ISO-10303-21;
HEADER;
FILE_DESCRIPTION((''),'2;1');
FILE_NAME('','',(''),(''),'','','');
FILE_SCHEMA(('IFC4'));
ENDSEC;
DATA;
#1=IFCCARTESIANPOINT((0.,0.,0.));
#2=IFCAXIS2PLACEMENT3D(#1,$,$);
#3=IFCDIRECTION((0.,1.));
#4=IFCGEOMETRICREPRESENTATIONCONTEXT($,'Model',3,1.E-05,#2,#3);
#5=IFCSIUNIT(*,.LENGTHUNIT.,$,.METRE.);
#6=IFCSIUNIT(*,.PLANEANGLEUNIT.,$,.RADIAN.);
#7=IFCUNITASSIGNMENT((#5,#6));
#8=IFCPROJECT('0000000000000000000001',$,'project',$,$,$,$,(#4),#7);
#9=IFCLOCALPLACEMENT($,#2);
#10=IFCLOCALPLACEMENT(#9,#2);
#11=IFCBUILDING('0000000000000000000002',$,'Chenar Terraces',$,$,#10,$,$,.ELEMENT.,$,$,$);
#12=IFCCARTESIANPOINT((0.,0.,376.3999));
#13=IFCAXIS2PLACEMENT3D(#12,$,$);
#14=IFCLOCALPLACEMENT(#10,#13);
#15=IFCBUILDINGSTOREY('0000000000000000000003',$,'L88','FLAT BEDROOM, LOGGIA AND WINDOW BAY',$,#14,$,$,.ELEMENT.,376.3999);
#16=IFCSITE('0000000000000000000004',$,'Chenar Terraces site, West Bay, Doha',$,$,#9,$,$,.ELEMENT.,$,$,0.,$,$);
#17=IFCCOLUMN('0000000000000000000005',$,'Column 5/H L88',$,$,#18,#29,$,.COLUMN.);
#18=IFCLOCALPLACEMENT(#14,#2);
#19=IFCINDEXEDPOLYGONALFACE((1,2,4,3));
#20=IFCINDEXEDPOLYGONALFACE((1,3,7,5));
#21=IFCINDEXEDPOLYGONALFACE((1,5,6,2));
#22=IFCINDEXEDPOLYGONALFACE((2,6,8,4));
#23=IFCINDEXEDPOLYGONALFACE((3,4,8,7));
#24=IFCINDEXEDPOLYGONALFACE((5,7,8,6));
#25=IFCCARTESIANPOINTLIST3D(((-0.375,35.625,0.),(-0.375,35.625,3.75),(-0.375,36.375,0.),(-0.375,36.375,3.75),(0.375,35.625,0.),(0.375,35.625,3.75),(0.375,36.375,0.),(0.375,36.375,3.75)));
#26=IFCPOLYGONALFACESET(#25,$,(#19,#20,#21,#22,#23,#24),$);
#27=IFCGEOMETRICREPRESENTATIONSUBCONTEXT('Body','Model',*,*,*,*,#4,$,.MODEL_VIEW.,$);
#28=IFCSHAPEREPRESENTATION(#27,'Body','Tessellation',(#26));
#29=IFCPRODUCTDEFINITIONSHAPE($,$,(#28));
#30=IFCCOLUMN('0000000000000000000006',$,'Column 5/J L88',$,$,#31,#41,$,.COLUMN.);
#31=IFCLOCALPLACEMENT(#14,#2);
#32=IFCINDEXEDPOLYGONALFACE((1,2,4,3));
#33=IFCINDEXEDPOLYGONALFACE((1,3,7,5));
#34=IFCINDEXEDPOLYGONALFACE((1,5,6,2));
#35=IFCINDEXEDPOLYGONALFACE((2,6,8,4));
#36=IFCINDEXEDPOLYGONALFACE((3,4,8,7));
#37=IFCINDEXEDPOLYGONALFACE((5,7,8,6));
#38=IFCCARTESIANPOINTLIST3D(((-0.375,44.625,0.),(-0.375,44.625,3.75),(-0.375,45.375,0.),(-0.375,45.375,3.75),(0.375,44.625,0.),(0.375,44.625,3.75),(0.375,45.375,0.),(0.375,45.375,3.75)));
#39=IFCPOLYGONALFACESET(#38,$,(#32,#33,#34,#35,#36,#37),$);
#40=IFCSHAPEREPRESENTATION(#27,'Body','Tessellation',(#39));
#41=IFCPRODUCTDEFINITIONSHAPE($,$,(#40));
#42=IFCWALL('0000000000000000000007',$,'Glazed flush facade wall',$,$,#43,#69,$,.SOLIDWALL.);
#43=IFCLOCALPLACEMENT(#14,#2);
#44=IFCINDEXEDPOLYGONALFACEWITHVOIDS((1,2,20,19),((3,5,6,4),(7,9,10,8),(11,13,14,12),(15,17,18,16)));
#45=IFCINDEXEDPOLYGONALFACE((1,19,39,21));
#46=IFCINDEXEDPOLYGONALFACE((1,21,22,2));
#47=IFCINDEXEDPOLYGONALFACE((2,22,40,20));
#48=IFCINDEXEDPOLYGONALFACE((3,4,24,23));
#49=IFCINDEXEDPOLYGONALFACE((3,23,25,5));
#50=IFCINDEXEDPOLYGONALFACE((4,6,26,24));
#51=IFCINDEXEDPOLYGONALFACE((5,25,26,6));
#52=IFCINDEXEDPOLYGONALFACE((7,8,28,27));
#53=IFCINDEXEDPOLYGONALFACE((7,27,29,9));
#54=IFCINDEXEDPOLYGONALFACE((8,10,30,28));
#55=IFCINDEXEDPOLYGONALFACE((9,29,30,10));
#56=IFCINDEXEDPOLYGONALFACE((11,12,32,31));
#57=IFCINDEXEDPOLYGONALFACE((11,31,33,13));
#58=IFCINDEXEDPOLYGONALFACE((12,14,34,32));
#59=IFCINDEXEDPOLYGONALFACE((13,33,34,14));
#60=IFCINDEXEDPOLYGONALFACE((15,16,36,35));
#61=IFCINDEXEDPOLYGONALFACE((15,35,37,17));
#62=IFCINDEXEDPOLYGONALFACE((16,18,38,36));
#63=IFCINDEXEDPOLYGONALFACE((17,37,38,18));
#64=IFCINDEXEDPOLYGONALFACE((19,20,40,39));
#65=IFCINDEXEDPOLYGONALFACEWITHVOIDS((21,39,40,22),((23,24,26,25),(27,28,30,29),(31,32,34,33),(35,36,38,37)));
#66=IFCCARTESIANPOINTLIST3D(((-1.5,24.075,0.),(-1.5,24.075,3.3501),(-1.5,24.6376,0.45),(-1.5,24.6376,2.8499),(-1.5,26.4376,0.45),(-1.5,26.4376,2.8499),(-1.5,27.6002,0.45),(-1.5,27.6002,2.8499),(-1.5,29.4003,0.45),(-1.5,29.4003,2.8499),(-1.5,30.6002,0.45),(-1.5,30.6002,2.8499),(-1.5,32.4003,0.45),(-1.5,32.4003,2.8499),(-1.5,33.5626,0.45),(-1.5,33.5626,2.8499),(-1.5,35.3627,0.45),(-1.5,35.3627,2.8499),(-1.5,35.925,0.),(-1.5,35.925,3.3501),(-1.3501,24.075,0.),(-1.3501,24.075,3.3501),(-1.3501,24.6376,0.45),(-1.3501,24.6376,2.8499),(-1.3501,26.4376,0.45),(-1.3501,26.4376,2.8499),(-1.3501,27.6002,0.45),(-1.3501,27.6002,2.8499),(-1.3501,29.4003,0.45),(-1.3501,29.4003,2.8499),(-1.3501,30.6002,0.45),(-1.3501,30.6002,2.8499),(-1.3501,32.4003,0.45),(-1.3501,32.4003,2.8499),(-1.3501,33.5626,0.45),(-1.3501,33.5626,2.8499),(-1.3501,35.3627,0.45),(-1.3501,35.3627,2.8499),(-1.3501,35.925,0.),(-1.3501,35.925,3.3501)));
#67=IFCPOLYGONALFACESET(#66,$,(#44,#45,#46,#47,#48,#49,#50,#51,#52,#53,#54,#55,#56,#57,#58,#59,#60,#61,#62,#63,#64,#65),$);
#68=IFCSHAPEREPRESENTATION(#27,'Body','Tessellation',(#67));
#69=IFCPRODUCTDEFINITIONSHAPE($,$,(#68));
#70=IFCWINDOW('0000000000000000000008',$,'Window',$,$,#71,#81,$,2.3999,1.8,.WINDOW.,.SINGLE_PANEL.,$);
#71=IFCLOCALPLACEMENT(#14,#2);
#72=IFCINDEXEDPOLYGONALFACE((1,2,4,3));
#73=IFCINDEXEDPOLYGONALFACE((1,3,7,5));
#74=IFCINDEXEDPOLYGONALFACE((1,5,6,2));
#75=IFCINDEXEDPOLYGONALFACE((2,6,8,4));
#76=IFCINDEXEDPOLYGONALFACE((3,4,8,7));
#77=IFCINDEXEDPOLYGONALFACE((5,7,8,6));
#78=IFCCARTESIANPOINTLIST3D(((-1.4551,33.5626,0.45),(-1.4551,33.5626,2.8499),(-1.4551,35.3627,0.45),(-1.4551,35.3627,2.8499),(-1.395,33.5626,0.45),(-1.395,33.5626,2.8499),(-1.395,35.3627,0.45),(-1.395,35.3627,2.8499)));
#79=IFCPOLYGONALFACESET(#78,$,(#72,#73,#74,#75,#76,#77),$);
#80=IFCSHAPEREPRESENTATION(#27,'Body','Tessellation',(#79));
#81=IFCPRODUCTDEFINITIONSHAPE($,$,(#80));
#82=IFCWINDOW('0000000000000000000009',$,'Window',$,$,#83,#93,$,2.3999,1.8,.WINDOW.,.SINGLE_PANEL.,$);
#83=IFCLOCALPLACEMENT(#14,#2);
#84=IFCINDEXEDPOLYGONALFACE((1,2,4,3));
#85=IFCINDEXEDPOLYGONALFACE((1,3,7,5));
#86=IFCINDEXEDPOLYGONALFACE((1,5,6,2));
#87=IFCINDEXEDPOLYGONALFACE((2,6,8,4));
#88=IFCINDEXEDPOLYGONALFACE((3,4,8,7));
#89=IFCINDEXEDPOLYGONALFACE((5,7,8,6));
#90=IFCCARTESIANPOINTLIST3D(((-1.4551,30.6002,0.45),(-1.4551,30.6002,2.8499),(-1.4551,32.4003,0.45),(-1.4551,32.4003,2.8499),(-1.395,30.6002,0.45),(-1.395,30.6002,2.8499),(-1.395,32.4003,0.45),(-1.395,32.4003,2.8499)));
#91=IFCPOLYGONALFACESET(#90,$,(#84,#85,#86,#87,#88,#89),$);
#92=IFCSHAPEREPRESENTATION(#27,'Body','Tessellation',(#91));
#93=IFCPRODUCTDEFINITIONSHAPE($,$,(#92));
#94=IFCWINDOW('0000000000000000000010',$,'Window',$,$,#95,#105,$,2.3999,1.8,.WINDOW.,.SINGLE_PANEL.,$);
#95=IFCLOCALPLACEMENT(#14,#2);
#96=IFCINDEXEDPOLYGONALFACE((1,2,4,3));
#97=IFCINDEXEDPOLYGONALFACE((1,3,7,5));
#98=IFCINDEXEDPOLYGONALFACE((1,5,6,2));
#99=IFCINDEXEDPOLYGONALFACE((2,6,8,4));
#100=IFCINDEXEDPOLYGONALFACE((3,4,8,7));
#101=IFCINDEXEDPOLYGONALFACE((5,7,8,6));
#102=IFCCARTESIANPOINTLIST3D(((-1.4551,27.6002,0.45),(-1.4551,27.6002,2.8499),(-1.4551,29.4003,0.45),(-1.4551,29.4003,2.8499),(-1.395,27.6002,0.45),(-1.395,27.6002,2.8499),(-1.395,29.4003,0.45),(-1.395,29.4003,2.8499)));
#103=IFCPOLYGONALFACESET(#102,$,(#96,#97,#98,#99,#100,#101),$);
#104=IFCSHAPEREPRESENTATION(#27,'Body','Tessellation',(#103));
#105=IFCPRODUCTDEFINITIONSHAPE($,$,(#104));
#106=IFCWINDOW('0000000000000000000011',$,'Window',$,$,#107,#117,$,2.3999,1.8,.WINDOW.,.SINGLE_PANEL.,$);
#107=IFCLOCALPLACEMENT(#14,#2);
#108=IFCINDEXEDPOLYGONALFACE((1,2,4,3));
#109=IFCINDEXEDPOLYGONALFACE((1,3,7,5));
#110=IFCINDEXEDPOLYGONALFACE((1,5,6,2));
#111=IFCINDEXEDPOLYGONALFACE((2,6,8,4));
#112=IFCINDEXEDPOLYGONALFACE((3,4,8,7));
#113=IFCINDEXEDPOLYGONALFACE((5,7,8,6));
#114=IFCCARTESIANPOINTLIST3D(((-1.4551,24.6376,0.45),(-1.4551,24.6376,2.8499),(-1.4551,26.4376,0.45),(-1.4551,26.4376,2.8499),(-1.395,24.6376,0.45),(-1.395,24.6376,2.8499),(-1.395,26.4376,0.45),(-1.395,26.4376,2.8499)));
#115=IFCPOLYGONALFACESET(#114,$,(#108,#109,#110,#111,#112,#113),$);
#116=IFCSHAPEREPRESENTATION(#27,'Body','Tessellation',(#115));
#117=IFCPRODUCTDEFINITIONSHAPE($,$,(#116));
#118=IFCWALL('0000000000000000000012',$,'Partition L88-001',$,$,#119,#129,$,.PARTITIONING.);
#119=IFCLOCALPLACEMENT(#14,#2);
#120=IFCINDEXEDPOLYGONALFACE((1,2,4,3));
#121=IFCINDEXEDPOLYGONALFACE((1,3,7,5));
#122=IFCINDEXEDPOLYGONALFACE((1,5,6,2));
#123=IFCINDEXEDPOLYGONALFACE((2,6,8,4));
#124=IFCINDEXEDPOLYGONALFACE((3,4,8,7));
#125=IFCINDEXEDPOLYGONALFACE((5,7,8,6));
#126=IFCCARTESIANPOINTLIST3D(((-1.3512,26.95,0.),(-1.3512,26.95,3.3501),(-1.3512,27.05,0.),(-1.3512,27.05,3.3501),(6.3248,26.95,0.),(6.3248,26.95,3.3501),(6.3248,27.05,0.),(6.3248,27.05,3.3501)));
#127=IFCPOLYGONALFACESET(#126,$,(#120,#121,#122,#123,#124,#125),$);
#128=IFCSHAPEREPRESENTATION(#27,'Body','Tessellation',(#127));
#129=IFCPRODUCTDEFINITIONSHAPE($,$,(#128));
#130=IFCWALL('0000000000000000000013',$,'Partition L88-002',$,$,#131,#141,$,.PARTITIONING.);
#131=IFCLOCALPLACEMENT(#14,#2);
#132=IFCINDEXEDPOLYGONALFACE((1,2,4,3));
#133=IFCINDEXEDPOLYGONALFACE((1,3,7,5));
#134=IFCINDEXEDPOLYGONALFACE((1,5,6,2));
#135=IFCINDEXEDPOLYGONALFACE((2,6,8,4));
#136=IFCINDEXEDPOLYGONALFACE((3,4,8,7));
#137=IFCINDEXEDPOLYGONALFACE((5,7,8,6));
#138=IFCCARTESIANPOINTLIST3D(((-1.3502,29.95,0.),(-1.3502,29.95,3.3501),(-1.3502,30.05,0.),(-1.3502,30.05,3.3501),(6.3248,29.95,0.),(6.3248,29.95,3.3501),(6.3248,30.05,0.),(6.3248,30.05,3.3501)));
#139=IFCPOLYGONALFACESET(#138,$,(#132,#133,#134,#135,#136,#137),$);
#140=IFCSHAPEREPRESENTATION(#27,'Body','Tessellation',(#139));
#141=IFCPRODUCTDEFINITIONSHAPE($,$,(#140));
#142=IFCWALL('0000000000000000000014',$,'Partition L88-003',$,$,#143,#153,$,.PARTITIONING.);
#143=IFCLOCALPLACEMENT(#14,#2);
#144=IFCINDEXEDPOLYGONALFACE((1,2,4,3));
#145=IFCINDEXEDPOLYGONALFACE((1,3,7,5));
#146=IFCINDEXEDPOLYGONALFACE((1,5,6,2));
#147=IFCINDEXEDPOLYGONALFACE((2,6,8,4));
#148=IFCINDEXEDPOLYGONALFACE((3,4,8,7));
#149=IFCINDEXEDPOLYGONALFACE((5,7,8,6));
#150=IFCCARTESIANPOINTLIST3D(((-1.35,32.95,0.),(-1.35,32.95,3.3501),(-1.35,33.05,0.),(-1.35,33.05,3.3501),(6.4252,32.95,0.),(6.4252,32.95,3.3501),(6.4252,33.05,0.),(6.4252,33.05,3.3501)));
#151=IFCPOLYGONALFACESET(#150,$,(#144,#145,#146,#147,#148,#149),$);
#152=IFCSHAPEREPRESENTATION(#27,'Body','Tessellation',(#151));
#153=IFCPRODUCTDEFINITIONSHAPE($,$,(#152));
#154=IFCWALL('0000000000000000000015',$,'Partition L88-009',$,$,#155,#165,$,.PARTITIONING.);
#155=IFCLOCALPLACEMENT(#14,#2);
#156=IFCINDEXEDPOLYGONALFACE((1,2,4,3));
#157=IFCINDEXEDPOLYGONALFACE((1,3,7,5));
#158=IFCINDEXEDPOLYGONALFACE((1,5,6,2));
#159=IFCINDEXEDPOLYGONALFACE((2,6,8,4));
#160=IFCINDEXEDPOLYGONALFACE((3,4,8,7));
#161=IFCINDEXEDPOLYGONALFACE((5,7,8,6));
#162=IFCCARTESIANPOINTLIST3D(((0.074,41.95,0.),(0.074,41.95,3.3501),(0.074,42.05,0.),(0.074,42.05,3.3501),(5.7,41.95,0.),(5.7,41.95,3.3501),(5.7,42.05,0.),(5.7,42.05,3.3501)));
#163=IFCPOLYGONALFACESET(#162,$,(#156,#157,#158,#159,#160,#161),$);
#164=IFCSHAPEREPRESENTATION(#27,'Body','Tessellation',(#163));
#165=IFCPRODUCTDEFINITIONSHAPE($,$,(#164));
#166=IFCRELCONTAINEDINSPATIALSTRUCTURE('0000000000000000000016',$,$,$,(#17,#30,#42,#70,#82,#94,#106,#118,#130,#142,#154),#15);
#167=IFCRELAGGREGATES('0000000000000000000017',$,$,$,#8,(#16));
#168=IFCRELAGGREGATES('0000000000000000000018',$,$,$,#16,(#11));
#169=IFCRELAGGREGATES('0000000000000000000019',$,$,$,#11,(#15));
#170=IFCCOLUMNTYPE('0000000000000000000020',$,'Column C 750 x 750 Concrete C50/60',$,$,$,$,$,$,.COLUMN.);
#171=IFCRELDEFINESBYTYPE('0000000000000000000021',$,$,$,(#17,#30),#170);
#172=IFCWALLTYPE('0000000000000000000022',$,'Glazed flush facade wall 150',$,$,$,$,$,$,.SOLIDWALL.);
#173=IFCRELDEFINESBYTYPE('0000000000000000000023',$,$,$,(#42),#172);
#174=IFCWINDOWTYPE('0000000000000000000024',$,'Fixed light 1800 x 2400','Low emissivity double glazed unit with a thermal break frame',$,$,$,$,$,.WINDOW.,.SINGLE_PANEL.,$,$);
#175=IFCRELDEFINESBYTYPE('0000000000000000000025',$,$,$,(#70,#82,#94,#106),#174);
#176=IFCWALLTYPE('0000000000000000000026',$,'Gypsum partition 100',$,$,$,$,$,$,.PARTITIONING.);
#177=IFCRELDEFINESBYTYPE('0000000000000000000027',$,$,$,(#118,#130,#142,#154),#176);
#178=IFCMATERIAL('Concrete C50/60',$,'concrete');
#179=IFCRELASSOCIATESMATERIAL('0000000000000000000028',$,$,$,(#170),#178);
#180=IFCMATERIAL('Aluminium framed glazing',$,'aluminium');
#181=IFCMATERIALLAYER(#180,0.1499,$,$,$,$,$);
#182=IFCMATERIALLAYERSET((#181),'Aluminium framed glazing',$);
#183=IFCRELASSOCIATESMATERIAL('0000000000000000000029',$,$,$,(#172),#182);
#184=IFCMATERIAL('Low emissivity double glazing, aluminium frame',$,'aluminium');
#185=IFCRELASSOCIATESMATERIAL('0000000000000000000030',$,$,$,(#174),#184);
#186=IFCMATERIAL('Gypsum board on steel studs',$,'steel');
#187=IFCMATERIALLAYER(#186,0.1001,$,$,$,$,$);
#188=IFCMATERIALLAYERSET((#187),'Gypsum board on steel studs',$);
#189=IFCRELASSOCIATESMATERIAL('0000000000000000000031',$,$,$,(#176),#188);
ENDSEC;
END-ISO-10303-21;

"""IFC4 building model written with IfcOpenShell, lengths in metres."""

from ifc_helpers import new_model, si_unit, direction, frame, frame_2d, origin, origin_2d, place, context, subcontext, project, spatial, rectangle, extrude, material, layer, layer_set, material_profile, profile_set, type_object, element, fill, save


model = new_model("IFC4")

# Units and contexts
model_context = context("Model", 3, precision=1e-05, world=origin(), true_north=direction((0.0, 1.0)))
body_context = subcontext(model_context, "Body", "Model", "MODEL_VIEW")
ifc_project = project(units=[si_unit("LENGTHUNIT", "METRE"), si_unit("PLANEANGLEUNIT", "RADIAN")], contexts=[model_context])

# Site, building, storey
site_placement = place(None, origin())
site = spatial("IfcSite", under=ifc_project, at=site_placement, Name="Chenar Terraces site, West Bay, Doha", CompositionType="ELEMENT", RefElevation=0.0)
building_placement = place(site_placement, origin())
building = spatial("IfcBuilding", under=site, at=building_placement, Name="Chenar Terraces", CompositionType="ELEMENT")
storey_placement = place(building_placement, frame((0.0, 0.0, 376.3999)))
storey = spatial("IfcBuildingStorey", under=building, at=storey_placement, Name="L88", Description="FLAT BEDROOM, LOGGIA AND WINDOW BAY", CompositionType="ELEMENT", Elevation=376.3999)

# Columns
ifc_material_1 = material(Name="Concrete C50/60", Category="concrete")
ifc_material_profile_1 = material_profile(ifc_material_1, rectangle(XDim=0.75, YDim=0.75, at=origin_2d()), Name="C 750 x 750")
ifc_profile_set_1 = profile_set([ifc_material_profile_1], Name="Concrete C50/60")
column_type = type_object("IfcColumnType", Name="Column C 750 x 750 Concrete C50/60", PredefinedType="COLUMN", material=ifc_profile_set_1)
placement = place(storey_placement, frame((0.0, 36.0, 0.0), z_axis=(0.0, 0.0, 1.0), x_axis=(1.0, 0.0, 0.0)))
element("IfcColumn", 1, at=placement, inside=storey, type_object=column_type, Name="Column 5/H L88", PredefinedType="COLUMN", context=body_context, shape_type="SweptSolid", body=[
    extrude(rectangle(XDim=0.75, YDim=0.75, at=origin_2d()), origin(), (0.0, 0.0, 1.0), 3.75),
])
column_1_placement = place(storey_placement, frame((0.0, 45.0, 0.0), z_axis=(0.0, 0.0, 1.0), x_axis=(1.0, 0.0, 0.0)))
element("IfcColumn", 2, at=column_1_placement, inside=storey, type_object=column_type, Name="Column 5/J L88", PredefinedType="COLUMN", context=body_context, shape_type="SweptSolid", body=[
    extrude(rectangle(XDim=0.75, YDim=0.75, at=origin_2d()), origin(), (0.0, 0.0, 1.0), 3.75),
])

# Wall, openings, windows
ifc_material_2 = material(Name="Aluminium framed glazing", Category="aluminium")
ifc_layer_1 = layer(ifc_material_2, 0.1499)
ifc_layer_set_1 = layer_set([ifc_layer_1], Name="Aluminium framed glazing")
wall_type_1 = type_object("IfcWallType", Name="Glazed flush facade wall 150", PredefinedType="SOLIDWALL", material=ifc_layer_set_1)
wall_1_placement = place(storey_placement, frame((-1.425, 35.925, 0.0), z_axis=(0.0, 0.0, 1.0), x_axis=(0.0, -1.0, 0.0)))
wall_1 = element("IfcWall", 3, at=wall_1_placement, inside=storey, type_object=wall_type_1, Name="Glazed flush facade wall", PredefinedType="SOLIDWALL", context=body_context, shape_type="SweptSolid", body=[
    extrude(rectangle(XDim=11.8501, YDim=0.1499, at=frame_2d((5.925, 0.0))), origin(), (0.0, 0.0, 1.0), 3.3501),
])
opening_1_placement = place(wall_1_placement, frame((0.5625, 0.0, 0.45)))
opening_1 = element("IfcOpeningElement", 4, at=opening_1_placement, cuts=wall_1, PredefinedType="OPENING", context=body_context, shape_type="SweptSolid", body=[
    extrude(rectangle(XDim=1.8, YDim=2.3999, at=frame_2d((0.8999, 1.2))), frame((0.0, 0.085, 0.0), z_axis=(0.0, -1.0, 0.0), x_axis=(1.0, 0.0, 0.0)), (0.0, 0.0, 1.0), 0.1699),
])
opening_2_placement = place(wall_1_placement, frame((3.5249, 0.0, 0.45)))
opening_2 = element("IfcOpeningElement", 5, at=opening_2_placement, cuts=wall_1, PredefinedType="OPENING", context=body_context, shape_type="SweptSolid", body=[
    extrude(rectangle(XDim=1.8, YDim=2.3999, at=frame_2d((0.8999, 1.2))), frame((0.0, 0.085, 0.0), z_axis=(0.0, -1.0, 0.0), x_axis=(1.0, 0.0, 0.0)), (0.0, 0.0, 1.0), 0.1699),
])
opening_3_placement = place(wall_1_placement, frame((6.5249, 0.0, 0.45)))
opening_3 = element("IfcOpeningElement", 6, at=opening_3_placement, cuts=wall_1, PredefinedType="OPENING", context=body_context, shape_type="SweptSolid", body=[
    extrude(rectangle(XDim=1.8, YDim=2.3999, at=frame_2d((0.8999, 1.2))), frame((0.0, 0.085, 0.0), z_axis=(0.0, -1.0, 0.0), x_axis=(1.0, 0.0, 0.0)), (0.0, 0.0, 1.0), 0.1699),
])
opening_4_placement = place(wall_1_placement, frame((9.4875, 0.0, 0.45)))
opening_4 = element("IfcOpeningElement", 7, at=opening_4_placement, cuts=wall_1, PredefinedType="OPENING", context=body_context, shape_type="SweptSolid", body=[
    extrude(rectangle(XDim=1.8, YDim=2.3999, at=frame_2d((0.8999, 1.2))), frame((0.0, 0.085, 0.0), z_axis=(0.0, -1.0, 0.0), x_axis=(1.0, 0.0, 0.0)), (0.0, 0.0, 1.0), 0.1699),
])
ifc_material_3 = material(Name="Low emissivity double glazing, aluminium frame", Category="aluminium")
window_type = type_object("IfcWindowType", Name="Fixed light 1800 x 2400", Description="Low emissivity double glazed unit with a thermal break frame", PartitioningType="SINGLE_PANEL", PredefinedType="WINDOW", material=ifc_material_3)
window_1_placement = place(opening_1_placement, origin())
window_1 = element("IfcWindow", 8, at=window_1_placement, inside=storey, type_object=window_type, Name="Window", OverallHeight=2.3999, OverallWidth=1.8, PartitioningType="SINGLE_PANEL", PredefinedType="WINDOW", context=body_context, shape_type="SweptSolid", body=[
    extrude(rectangle(XDim=1.8, YDim=2.3999, at=frame_2d((0.8999, 1.2))), frame((0.0, 0.03, 0.0), z_axis=(0.0, -1.0, 0.0), x_axis=(1.0, 0.0, 0.0)), (0.0, 0.0, 1.0), 0.0601),
])
fill(opening_1, window_1)
window_2_placement = place(opening_2_placement, origin())
window_2 = element("IfcWindow", 9, at=window_2_placement, inside=storey, type_object=window_type, Name="Window", OverallHeight=2.3999, OverallWidth=1.8, PartitioningType="SINGLE_PANEL", PredefinedType="WINDOW", context=body_context, shape_type="SweptSolid", body=[
    extrude(rectangle(XDim=1.8, YDim=2.3999, at=frame_2d((0.8999, 1.2))), frame((0.0, 0.03, 0.0), z_axis=(0.0, -1.0, 0.0), x_axis=(1.0, 0.0, 0.0)), (0.0, 0.0, 1.0), 0.0601),
])
fill(opening_2, window_2)
window_3_placement = place(opening_3_placement, origin())
window_3 = element("IfcWindow", 10, at=window_3_placement, inside=storey, type_object=window_type, Name="Window", OverallHeight=2.3999, OverallWidth=1.8, PartitioningType="SINGLE_PANEL", PredefinedType="WINDOW", context=body_context, shape_type="SweptSolid", body=[
    extrude(rectangle(XDim=1.8, YDim=2.3999, at=frame_2d((0.8999, 1.2))), frame((0.0, 0.03, 0.0), z_axis=(0.0, -1.0, 0.0), x_axis=(1.0, 0.0, 0.0)), (0.0, 0.0, 1.0), 0.0601),
])
fill(opening_3, window_3)
window_4_placement = place(opening_4_placement, origin())
window_4 = element("IfcWindow", 11, at=window_4_placement, inside=storey, type_object=window_type, Name="Window", OverallHeight=2.3999, OverallWidth=1.8, PartitioningType="SINGLE_PANEL", PredefinedType="WINDOW", context=body_context, shape_type="SweptSolid", body=[
    extrude(rectangle(XDim=1.8, YDim=2.3999, at=frame_2d((0.8999, 1.2))), frame((0.0, 0.03, 0.0), z_axis=(0.0, -1.0, 0.0), x_axis=(1.0, 0.0, 0.0)), (0.0, 0.0, 1.0), 0.0601),
])
fill(opening_4, window_4)

# Walls
ifc_material_4 = material(Name="Gypsum board on steel studs", Category="steel")
ifc_layer_2 = layer(ifc_material_4, 0.1001)
ifc_layer_set_2 = layer_set([ifc_layer_2], Name="Gypsum board on steel studs")
wall_type_2 = type_object("IfcWallType", Name="Gypsum partition 100", PredefinedType="PARTITIONING", material=ifc_layer_set_2)
wall_2_placement = place(storey_placement, frame((-1.3511, 27.0, 0.0), z_axis=(0.0, 0.0, 1.0), x_axis=(1.0, 0.0, 0.0)))
element("IfcWall", 12, at=wall_2_placement, inside=storey, type_object=wall_type_2, Name="Partition L88-001", PredefinedType="PARTITIONING", context=body_context, shape_type="SweptSolid", body=[
    extrude(rectangle(XDim=7.676, YDim=0.1001, at=frame_2d((3.8379, 0.0))), origin(), (0.0, 0.0, 1.0), 3.3501),
])
wall_3_placement = place(storey_placement, frame((-1.3501, 30.0, 0.0), z_axis=(0.0, 0.0, 1.0), x_axis=(1.0, 0.0, 0.0)))
element("IfcWall", 13, at=wall_3_placement, inside=storey, type_object=wall_type_2, Name="Partition L88-002", PredefinedType="PARTITIONING", context=body_context, shape_type="SweptSolid", body=[
    extrude(rectangle(XDim=7.675, YDim=0.1001, at=frame_2d((3.8374, 0.0))), origin(), (0.0, 0.0, 1.0), 3.3501),
])
wall_4_placement = place(storey_placement, frame((-1.3501, 33.0, 0.0), z_axis=(0.0, 0.0, 1.0), x_axis=(1.0, 0.0, 0.0)))
element("IfcWall", 14, at=wall_4_placement, inside=storey, type_object=wall_type_2, Name="Partition L88-003", PredefinedType="PARTITIONING", context=body_context, shape_type="SweptSolid", body=[
    extrude(rectangle(XDim=7.7751, YDim=0.1001, at=frame_2d((3.8877, 0.0))), origin(), (0.0, 0.0, 1.0), 3.3501),
])
wall_5_placement = place(storey_placement, frame((0.074, 42.0, 0.0), z_axis=(0.0, 0.0, 1.0), x_axis=(1.0, 0.0, 0.0)))
element("IfcWall", 15, at=wall_5_placement, inside=storey, type_object=wall_type_2, Name="Partition L88-009", PredefinedType="PARTITIONING", context=body_context, shape_type="SweptSolid", body=[
    extrude(rectangle(XDim=5.626, YDim=0.1001, at=frame_2d((2.813, 0.0))), origin(), (0.0, 0.0, 1.0), 3.3501),
])

save(model, "model.ifc")
